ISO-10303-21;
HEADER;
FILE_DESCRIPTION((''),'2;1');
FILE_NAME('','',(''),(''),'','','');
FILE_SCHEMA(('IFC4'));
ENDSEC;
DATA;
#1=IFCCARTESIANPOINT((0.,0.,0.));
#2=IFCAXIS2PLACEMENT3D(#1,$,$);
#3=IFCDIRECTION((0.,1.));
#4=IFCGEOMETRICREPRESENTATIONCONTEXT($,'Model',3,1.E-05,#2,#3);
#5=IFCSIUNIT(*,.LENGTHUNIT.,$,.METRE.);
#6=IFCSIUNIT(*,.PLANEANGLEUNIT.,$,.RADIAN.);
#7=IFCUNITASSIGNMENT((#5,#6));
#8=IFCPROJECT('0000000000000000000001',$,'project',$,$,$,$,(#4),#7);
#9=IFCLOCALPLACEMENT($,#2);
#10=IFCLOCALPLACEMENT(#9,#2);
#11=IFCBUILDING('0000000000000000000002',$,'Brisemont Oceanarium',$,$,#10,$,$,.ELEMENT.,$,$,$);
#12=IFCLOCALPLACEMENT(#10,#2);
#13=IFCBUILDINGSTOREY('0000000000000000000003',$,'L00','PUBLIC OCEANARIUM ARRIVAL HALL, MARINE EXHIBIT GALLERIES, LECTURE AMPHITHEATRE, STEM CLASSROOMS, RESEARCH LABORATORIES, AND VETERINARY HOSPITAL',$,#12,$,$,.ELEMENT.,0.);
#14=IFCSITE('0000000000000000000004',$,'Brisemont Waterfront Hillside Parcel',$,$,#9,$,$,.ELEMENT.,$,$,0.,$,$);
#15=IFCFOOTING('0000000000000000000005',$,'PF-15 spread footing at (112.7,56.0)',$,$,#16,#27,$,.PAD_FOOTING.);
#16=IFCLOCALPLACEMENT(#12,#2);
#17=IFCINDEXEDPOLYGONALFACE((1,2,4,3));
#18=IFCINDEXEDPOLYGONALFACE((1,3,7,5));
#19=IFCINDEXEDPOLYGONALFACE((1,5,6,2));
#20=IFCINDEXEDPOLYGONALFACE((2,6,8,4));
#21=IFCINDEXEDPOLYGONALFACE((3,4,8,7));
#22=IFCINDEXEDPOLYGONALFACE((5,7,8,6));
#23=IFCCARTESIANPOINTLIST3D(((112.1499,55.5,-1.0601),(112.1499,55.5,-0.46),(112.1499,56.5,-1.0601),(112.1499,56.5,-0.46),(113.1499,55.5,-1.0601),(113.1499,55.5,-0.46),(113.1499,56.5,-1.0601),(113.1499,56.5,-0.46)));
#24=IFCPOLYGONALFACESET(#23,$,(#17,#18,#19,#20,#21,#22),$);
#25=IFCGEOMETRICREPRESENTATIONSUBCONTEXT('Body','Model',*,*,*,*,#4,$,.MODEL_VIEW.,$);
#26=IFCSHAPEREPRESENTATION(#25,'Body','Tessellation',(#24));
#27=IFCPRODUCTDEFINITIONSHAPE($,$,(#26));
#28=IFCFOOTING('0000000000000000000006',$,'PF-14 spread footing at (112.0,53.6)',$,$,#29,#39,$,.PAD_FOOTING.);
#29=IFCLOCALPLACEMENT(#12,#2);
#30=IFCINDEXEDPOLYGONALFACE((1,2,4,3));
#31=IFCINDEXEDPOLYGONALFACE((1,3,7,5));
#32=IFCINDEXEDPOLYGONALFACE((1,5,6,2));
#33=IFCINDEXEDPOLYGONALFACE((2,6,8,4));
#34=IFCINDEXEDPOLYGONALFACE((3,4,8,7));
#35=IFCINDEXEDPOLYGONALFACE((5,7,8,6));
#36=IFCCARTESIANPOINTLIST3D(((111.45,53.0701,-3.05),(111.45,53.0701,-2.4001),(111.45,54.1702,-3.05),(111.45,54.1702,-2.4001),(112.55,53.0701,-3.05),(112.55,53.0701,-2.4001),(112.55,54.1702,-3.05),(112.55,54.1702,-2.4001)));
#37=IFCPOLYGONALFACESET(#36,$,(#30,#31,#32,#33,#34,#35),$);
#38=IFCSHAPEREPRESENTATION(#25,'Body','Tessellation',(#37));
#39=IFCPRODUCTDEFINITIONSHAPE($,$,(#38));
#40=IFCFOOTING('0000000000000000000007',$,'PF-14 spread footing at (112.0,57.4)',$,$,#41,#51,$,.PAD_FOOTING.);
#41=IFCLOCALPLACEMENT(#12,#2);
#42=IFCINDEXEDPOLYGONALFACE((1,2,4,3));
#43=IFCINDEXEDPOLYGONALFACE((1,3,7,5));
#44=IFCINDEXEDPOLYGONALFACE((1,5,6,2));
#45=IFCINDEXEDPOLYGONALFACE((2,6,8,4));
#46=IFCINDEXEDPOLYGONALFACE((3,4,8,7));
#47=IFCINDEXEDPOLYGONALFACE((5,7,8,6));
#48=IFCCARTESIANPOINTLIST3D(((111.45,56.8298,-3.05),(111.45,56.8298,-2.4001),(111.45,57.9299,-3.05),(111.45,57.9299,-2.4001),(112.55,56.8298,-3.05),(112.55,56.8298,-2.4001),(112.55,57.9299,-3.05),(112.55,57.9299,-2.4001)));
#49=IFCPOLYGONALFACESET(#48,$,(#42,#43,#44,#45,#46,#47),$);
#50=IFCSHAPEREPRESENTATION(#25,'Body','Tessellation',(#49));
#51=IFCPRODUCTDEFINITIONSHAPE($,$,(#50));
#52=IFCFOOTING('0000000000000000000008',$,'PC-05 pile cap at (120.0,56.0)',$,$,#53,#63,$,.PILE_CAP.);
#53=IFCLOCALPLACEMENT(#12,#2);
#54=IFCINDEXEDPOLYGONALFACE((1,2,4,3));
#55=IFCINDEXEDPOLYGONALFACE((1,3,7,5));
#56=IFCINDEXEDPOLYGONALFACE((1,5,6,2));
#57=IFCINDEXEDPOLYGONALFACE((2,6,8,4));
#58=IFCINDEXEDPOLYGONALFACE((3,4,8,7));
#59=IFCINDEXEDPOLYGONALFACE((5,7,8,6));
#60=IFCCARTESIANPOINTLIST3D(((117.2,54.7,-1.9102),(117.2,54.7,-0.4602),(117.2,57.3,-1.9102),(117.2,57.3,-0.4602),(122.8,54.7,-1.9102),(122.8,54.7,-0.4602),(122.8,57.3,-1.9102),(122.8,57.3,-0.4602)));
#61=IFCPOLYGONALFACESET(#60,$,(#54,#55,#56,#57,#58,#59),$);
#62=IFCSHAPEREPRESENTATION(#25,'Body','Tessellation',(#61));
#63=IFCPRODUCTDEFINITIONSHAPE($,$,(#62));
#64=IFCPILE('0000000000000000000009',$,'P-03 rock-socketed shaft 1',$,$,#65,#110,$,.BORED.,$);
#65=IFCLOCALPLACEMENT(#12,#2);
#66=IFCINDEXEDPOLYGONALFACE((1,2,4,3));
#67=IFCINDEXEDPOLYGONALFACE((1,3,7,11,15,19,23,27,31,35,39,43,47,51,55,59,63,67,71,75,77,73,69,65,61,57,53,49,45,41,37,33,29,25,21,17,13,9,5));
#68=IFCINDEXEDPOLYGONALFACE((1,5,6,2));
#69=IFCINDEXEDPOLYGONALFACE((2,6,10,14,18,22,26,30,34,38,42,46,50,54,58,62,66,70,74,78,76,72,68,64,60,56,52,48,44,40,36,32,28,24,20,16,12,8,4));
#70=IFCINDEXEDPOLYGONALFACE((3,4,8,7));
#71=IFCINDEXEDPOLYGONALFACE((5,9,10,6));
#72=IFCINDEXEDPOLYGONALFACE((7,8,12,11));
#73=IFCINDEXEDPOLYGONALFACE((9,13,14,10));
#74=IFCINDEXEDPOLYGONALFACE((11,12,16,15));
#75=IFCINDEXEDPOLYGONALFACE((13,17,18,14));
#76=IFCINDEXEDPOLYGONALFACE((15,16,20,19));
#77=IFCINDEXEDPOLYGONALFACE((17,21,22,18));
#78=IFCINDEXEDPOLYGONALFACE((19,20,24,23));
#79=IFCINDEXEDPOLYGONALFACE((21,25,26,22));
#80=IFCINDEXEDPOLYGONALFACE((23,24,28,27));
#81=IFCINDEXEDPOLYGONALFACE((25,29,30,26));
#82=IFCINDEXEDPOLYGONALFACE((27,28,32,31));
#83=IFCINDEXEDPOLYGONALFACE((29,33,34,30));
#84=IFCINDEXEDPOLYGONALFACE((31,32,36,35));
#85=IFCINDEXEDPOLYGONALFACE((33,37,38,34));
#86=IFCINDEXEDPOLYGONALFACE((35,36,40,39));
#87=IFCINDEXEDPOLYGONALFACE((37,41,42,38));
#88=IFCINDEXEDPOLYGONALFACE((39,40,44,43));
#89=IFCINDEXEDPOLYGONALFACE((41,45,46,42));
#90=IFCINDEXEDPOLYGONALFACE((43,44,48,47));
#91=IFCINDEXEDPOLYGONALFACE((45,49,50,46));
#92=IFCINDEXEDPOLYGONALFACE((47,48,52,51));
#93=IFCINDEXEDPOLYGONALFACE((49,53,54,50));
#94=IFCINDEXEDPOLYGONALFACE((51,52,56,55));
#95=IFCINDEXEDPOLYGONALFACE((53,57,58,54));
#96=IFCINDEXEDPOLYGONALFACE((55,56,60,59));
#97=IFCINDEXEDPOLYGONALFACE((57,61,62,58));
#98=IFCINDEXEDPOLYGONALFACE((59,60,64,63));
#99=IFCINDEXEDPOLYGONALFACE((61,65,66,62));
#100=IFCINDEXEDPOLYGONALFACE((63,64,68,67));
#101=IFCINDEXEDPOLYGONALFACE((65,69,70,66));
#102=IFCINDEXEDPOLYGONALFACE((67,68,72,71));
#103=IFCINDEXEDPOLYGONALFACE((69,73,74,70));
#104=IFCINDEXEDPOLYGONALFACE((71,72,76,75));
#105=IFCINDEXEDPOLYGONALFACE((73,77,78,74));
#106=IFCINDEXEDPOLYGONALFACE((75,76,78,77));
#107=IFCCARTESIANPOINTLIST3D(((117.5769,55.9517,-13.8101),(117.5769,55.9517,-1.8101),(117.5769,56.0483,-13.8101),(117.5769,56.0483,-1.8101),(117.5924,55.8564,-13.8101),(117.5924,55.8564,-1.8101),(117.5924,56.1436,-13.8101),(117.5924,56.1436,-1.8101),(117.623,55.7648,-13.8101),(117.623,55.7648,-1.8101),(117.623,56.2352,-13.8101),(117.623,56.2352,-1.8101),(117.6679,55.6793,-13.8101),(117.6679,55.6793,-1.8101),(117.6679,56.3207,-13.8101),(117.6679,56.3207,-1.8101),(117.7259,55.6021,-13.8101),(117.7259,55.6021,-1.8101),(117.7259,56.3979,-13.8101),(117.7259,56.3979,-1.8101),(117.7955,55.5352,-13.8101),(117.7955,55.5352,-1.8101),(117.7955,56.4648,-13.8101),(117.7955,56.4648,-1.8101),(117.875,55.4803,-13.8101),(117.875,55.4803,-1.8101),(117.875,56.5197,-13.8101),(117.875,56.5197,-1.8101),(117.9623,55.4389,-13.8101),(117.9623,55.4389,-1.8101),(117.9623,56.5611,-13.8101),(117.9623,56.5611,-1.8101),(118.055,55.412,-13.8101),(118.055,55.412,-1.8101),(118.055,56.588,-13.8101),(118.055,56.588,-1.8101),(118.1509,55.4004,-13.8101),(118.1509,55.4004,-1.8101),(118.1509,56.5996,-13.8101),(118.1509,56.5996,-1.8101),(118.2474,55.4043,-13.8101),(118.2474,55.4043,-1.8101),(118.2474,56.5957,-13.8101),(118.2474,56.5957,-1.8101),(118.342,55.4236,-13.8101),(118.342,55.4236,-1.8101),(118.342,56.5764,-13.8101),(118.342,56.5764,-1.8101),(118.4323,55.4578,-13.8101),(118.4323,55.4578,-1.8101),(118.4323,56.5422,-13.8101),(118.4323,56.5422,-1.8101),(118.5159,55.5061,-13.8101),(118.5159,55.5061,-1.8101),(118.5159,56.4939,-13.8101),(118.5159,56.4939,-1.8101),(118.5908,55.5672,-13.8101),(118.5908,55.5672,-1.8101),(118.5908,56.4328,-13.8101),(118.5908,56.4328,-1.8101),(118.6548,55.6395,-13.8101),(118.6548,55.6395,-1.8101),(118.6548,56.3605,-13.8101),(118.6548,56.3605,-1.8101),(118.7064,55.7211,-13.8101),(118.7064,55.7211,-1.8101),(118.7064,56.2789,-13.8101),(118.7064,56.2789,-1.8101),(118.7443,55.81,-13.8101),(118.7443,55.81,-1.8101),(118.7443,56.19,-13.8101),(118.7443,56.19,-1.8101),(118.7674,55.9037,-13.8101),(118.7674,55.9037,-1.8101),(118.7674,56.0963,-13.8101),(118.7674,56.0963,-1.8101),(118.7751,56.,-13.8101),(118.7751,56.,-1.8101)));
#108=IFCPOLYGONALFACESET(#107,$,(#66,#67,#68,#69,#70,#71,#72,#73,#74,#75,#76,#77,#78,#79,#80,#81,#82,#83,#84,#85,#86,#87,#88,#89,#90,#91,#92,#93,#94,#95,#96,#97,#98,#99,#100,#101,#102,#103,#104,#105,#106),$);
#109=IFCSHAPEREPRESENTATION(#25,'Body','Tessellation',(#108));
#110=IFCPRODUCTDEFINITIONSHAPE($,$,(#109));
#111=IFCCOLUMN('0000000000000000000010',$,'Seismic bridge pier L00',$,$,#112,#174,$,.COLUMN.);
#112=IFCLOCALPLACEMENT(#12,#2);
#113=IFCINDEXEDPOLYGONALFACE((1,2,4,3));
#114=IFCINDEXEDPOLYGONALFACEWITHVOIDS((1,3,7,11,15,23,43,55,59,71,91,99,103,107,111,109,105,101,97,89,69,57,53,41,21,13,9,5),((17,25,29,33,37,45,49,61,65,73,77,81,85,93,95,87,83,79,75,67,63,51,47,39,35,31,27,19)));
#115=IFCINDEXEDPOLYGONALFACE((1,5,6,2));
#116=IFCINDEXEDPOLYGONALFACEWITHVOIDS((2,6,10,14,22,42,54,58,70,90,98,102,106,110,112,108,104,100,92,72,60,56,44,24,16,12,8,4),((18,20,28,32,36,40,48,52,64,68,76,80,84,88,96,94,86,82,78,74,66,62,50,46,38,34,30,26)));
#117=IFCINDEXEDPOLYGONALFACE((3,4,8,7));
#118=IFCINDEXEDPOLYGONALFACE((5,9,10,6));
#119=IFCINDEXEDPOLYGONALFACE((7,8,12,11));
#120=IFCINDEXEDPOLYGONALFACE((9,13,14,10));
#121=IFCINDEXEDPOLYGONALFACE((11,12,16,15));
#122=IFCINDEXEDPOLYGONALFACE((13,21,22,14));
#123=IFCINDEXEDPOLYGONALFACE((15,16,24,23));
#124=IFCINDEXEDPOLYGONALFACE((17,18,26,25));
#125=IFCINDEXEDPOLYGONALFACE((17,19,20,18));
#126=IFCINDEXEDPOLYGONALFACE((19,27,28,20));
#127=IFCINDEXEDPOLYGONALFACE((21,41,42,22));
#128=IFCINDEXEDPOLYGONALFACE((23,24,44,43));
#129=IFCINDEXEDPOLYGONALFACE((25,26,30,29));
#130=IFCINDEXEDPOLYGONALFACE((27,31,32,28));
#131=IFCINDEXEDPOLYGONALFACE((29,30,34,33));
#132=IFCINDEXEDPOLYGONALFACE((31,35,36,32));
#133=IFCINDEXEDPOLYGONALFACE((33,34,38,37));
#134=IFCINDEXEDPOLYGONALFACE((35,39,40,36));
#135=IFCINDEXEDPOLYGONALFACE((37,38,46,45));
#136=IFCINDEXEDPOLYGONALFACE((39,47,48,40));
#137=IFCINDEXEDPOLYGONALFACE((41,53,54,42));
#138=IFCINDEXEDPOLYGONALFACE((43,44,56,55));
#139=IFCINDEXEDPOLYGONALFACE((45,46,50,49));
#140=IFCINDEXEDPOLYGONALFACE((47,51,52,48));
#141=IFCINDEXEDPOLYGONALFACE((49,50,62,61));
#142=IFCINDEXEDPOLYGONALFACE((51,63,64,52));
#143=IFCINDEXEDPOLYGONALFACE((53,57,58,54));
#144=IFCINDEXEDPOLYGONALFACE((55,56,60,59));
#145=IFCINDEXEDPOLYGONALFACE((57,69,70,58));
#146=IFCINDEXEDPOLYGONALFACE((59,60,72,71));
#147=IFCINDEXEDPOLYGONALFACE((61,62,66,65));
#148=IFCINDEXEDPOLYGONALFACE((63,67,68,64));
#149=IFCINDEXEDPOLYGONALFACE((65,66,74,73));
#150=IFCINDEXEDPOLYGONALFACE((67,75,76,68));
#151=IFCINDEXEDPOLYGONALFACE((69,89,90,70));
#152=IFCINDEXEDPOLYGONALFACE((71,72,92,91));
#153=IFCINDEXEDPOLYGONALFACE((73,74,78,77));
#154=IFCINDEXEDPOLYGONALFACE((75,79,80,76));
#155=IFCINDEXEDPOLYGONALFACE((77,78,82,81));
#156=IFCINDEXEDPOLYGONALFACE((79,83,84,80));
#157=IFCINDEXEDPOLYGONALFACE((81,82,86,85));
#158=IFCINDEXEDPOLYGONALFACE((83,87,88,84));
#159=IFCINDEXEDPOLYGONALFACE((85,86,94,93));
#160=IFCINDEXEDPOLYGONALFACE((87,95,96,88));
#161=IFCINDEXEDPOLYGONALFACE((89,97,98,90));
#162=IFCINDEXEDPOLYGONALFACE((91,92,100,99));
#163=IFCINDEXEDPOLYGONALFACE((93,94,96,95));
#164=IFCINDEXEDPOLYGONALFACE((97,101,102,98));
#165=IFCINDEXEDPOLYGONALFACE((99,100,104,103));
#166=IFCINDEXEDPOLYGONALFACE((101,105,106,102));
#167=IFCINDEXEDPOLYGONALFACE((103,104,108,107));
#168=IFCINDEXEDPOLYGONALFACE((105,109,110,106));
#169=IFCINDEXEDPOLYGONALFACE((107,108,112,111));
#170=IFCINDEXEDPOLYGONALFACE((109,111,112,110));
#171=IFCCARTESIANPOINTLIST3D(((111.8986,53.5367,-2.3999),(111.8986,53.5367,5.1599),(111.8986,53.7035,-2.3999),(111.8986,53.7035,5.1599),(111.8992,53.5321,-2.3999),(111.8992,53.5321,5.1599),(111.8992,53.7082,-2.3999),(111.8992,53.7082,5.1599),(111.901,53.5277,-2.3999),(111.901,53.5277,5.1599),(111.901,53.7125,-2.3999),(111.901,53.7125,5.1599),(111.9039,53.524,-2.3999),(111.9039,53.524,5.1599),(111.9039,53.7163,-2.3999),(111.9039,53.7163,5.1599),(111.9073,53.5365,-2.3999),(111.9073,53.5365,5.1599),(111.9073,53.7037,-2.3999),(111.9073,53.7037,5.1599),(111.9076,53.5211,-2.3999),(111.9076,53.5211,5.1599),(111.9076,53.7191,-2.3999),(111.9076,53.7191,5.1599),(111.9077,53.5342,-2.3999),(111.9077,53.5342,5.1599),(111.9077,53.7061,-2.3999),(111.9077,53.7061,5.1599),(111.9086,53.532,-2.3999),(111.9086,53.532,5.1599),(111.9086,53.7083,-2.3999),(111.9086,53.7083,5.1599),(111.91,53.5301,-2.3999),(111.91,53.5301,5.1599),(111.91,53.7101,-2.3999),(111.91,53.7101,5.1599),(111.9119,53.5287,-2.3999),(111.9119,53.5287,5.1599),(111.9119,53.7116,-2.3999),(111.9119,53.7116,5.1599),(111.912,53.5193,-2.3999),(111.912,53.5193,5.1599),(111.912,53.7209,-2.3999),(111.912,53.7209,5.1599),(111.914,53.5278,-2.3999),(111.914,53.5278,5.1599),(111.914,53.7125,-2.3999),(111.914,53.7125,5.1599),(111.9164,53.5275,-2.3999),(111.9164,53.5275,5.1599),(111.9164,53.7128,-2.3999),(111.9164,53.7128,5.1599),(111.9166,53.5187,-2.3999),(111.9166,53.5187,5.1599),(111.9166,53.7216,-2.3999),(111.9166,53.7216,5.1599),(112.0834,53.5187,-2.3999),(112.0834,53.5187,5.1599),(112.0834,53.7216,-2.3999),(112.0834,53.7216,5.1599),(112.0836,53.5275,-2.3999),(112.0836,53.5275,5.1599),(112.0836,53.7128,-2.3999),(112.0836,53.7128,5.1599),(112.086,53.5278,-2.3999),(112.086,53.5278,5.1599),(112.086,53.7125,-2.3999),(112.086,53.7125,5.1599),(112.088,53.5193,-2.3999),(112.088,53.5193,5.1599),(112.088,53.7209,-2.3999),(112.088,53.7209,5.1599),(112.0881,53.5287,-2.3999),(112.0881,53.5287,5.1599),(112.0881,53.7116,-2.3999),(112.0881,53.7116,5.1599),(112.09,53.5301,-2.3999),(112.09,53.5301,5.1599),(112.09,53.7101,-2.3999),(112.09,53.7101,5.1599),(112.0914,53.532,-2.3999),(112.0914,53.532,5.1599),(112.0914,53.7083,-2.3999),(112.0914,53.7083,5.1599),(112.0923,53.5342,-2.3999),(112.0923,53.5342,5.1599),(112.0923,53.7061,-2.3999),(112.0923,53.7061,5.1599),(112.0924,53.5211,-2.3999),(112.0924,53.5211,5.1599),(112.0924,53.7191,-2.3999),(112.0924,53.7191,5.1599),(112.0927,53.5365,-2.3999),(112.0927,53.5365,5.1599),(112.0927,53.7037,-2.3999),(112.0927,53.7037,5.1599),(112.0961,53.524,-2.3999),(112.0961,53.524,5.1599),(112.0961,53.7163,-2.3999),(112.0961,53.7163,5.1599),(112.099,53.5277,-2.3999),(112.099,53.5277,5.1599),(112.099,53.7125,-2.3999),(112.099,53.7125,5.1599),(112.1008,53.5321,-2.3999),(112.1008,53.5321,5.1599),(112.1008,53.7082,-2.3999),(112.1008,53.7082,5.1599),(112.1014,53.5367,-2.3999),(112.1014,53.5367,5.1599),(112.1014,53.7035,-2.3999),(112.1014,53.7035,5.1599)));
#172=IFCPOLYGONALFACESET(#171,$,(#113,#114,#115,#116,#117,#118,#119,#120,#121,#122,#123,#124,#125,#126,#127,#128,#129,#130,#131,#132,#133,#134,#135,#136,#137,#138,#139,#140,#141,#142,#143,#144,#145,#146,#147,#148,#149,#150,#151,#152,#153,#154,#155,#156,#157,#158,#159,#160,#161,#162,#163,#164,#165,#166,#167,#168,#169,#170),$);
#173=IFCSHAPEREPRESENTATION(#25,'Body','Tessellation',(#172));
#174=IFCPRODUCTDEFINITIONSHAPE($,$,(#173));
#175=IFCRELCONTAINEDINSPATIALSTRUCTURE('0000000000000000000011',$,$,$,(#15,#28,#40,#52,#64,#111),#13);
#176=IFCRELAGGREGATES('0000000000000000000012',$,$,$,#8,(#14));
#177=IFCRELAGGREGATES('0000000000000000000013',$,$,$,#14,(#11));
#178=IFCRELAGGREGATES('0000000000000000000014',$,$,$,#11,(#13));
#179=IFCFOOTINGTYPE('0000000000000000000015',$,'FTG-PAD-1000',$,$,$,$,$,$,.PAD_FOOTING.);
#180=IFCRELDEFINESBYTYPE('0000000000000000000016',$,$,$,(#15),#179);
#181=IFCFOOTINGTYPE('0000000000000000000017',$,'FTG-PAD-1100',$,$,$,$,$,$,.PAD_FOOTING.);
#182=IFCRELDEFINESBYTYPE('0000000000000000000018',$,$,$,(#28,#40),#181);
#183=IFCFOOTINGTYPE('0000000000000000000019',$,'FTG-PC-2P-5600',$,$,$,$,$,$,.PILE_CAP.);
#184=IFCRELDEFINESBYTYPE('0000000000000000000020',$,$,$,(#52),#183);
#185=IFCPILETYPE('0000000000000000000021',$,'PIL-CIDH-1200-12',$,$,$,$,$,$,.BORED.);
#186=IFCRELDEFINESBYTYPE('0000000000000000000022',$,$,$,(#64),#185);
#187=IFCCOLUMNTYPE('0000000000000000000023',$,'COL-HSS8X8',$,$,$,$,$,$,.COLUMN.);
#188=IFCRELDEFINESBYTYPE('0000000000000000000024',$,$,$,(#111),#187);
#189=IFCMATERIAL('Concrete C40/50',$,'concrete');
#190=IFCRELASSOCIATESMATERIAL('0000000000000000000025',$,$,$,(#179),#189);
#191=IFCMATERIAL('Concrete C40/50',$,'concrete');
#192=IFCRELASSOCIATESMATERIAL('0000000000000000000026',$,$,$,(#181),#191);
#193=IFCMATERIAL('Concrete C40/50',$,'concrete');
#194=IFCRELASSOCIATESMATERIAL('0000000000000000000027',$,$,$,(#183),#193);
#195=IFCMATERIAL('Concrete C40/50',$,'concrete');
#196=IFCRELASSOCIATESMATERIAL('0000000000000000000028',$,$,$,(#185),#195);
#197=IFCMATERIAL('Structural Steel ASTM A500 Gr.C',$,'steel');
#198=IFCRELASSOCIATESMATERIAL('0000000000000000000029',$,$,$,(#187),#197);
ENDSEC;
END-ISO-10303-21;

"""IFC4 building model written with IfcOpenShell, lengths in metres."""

from ifc_helpers import new_model, si_unit, direction, frame, origin, origin_2d, place, context, subcontext, project, spatial, rectangle, hollow_rectangle, circle, extrude, material, material_profile, profile_set, type_object, element, save


model = new_model("IFC4")

# Units and contexts
model_context = context("Model", 3, precision=1e-05, world=origin(), true_north=direction((0.0, 1.0)))
body_context = subcontext(model_context, "Body", "Model", "MODEL_VIEW")
ifc_project = project(units=[si_unit("LENGTHUNIT", "METRE"), si_unit("PLANEANGLEUNIT", "RADIAN")], contexts=[model_context])

# Site, building, storey
site_placement = place(None, origin())
site = spatial("IfcSite", under=ifc_project, at=site_placement, Name="Brisemont Waterfront Hillside Parcel", CompositionType="ELEMENT", RefElevation=0.0)
building_placement = place(site_placement, origin())
building = spatial("IfcBuilding", under=site, at=building_placement, Name="Brisemont Oceanarium", CompositionType="ELEMENT")
storey_placement = place(building_placement, origin())
storey = spatial("IfcBuildingStorey", under=building, at=storey_placement, Name="L00", Description="PUBLIC OCEANARIUM ARRIVAL HALL, MARINE EXHIBIT GALLERIES, LECTURE AMPHITHEATRE, STEM CLASSROOMS, RESEARCH LABORATORIES, AND VETERINARY HOSPITAL", CompositionType="ELEMENT", Elevation=0.0)

# Footings
ifc_material_1 = material(Name="Concrete C40/50", Category="concrete")
footing_type_1 = type_object("IfcFootingType", Name="FTG-PAD-1000", PredefinedType="PAD_FOOTING", material=ifc_material_1)
footing_1_placement = place(storey_placement, frame((112.6499, 56.0, -1.0601), z_axis=(0.0, 0.0, 1.0), x_axis=(1.0, 0.0, 0.0)))
element("IfcFooting", 1, at=footing_1_placement, inside=storey, type_object=footing_type_1, Name="PF-15 spread footing at (112.7,56.0)", PredefinedType="PAD_FOOTING", context=body_context, shape_type="SweptSolid", body=[
    extrude(rectangle(XDim=1.0, YDim=1.0, at=origin_2d()), origin(), (0.0, 0.0, 1.0), 0.6001),
])
ifc_material_2 = material(Name="Concrete C40/50", Category="concrete")
footing_type_2 = type_object("IfcFootingType", Name="FTG-PAD-1100", PredefinedType="PAD_FOOTING", material=ifc_material_2)
for number, where, z_axis, x_axis, name in (
    (2, (112.0, 53.6201, -3.05), (0.0, 0.0, 1.0), (1.0, 0.0, 0.0), "PF-14 spread footing at (112.0,53.6)"),
    (3, (112.0, 57.3799, -3.05), (0.0, 0.0, 1.0), (1.0, 0.0, 0.0), "PF-14 spread footing at (112.0,57.4)"),
):
    element("IfcFooting", number, at=place(storey_placement, frame(where, z_axis=z_axis, x_axis=x_axis)), inside=storey, type_object=footing_type_2, Name=name, PredefinedType="PAD_FOOTING", context=body_context, shape_type="SweptSolid", body=[
        extrude(rectangle(XDim=1.1001, YDim=1.1001, at=origin_2d()), origin(), (0.0, 0.0, 1.0), 0.6499),
    ])
ifc_material_3 = material(Name="Concrete C40/50", Category="concrete")
footing_type_3 = type_object("IfcFootingType", Name="FTG-PC-2P-5600", PredefinedType="PILE_CAP", material=ifc_material_3)
footing_2_placement = place(storey_placement, frame((120.0, 56.0, -1.9102), z_axis=(0.0, 0.0, 1.0), x_axis=(1.0, 0.0, 0.0)))
element("IfcFooting", 4, at=footing_2_placement, inside=storey, type_object=footing_type_3, Name="PC-05 pile cap at (120.0,56.0)", PredefinedType="PILE_CAP", context=body_context, shape_type="SweptSolid", body=[
    extrude(rectangle(XDim=5.6001, YDim=2.6001, at=origin_2d()), origin(), (0.0, 0.0, 1.0), 1.45),
])

# Pile
ifc_material_4 = material(Name="Concrete C40/50", Category="concrete")
ifc_material_profile_1 = material_profile(ifc_material_4, circle(Radius=0.6001, at=origin_2d()), Name="CIDH-D1200")
ifc_profile_set_1 = profile_set([ifc_material_profile_1], Name="Concrete C40/50")
pile_type = type_object("IfcPileType", Name="PIL-CIDH-1200-12", PredefinedType="BORED", material=ifc_profile_set_1)
pile_placement = place(storey_placement, frame((118.175, 56.0, -1.8101), z_axis=(0.0, 0.0, -1.0), x_axis=(1.0, 0.0, 0.0)))
element("IfcPile", 5, at=pile_placement, inside=storey, type_object=pile_type, Name="P-03 rock-socketed shaft 1", PredefinedType="BORED", context=body_context, shape_type="SweptSolid", body=[
    extrude(circle(Radius=0.6001, at=origin_2d()), origin(), (0.0, 0.0, 1.0), 12.0),
])

# Column
ifc_material_5 = material(Name="Structural Steel ASTM A500 Gr.C", Category="steel")
ifc_material_profile_2 = material_profile(ifc_material_5, hollow_rectangle(XDim=0.2029, YDim=0.2029, WallThickness=0.0088, InnerFilletRadius=0.009, OuterFilletRadius=0.0181, at=origin_2d()), Name="HSS8X8X3/8")
ifc_profile_set_2 = profile_set([ifc_material_profile_2], Name="Structural Steel ASTM A500 Gr.C")
column_type_1 = type_object("IfcColumnType", Name="COL-HSS8X8", PredefinedType="COLUMN", material=ifc_profile_set_2)
for number, where, z_axis, x_axis, name in (
    (6, (112.0, 53.6201, -2.3999), (0.0, 0.0, 1.0), (1.0, 0.0, 0.0), "Seismic bridge pier L00"),
):
    element("IfcColumn", number, at=place(storey_placement, frame(where, z_axis=z_axis, x_axis=x_axis)), inside=storey, type_object=column_type_1, Name=name, PredefinedType="COLUMN", context=body_context, shape_type="SweptSolid", body=[
        extrude(hollow_rectangle(XDim=0.2029, YDim=0.2029, WallThickness=0.0088, InnerFilletRadius=0.009, OuterFilletRadius=0.0181, at=origin_2d()), origin(), (0.0, 0.0, 1.0), 7.5598),
    ])

save(model, "model.ifc")
